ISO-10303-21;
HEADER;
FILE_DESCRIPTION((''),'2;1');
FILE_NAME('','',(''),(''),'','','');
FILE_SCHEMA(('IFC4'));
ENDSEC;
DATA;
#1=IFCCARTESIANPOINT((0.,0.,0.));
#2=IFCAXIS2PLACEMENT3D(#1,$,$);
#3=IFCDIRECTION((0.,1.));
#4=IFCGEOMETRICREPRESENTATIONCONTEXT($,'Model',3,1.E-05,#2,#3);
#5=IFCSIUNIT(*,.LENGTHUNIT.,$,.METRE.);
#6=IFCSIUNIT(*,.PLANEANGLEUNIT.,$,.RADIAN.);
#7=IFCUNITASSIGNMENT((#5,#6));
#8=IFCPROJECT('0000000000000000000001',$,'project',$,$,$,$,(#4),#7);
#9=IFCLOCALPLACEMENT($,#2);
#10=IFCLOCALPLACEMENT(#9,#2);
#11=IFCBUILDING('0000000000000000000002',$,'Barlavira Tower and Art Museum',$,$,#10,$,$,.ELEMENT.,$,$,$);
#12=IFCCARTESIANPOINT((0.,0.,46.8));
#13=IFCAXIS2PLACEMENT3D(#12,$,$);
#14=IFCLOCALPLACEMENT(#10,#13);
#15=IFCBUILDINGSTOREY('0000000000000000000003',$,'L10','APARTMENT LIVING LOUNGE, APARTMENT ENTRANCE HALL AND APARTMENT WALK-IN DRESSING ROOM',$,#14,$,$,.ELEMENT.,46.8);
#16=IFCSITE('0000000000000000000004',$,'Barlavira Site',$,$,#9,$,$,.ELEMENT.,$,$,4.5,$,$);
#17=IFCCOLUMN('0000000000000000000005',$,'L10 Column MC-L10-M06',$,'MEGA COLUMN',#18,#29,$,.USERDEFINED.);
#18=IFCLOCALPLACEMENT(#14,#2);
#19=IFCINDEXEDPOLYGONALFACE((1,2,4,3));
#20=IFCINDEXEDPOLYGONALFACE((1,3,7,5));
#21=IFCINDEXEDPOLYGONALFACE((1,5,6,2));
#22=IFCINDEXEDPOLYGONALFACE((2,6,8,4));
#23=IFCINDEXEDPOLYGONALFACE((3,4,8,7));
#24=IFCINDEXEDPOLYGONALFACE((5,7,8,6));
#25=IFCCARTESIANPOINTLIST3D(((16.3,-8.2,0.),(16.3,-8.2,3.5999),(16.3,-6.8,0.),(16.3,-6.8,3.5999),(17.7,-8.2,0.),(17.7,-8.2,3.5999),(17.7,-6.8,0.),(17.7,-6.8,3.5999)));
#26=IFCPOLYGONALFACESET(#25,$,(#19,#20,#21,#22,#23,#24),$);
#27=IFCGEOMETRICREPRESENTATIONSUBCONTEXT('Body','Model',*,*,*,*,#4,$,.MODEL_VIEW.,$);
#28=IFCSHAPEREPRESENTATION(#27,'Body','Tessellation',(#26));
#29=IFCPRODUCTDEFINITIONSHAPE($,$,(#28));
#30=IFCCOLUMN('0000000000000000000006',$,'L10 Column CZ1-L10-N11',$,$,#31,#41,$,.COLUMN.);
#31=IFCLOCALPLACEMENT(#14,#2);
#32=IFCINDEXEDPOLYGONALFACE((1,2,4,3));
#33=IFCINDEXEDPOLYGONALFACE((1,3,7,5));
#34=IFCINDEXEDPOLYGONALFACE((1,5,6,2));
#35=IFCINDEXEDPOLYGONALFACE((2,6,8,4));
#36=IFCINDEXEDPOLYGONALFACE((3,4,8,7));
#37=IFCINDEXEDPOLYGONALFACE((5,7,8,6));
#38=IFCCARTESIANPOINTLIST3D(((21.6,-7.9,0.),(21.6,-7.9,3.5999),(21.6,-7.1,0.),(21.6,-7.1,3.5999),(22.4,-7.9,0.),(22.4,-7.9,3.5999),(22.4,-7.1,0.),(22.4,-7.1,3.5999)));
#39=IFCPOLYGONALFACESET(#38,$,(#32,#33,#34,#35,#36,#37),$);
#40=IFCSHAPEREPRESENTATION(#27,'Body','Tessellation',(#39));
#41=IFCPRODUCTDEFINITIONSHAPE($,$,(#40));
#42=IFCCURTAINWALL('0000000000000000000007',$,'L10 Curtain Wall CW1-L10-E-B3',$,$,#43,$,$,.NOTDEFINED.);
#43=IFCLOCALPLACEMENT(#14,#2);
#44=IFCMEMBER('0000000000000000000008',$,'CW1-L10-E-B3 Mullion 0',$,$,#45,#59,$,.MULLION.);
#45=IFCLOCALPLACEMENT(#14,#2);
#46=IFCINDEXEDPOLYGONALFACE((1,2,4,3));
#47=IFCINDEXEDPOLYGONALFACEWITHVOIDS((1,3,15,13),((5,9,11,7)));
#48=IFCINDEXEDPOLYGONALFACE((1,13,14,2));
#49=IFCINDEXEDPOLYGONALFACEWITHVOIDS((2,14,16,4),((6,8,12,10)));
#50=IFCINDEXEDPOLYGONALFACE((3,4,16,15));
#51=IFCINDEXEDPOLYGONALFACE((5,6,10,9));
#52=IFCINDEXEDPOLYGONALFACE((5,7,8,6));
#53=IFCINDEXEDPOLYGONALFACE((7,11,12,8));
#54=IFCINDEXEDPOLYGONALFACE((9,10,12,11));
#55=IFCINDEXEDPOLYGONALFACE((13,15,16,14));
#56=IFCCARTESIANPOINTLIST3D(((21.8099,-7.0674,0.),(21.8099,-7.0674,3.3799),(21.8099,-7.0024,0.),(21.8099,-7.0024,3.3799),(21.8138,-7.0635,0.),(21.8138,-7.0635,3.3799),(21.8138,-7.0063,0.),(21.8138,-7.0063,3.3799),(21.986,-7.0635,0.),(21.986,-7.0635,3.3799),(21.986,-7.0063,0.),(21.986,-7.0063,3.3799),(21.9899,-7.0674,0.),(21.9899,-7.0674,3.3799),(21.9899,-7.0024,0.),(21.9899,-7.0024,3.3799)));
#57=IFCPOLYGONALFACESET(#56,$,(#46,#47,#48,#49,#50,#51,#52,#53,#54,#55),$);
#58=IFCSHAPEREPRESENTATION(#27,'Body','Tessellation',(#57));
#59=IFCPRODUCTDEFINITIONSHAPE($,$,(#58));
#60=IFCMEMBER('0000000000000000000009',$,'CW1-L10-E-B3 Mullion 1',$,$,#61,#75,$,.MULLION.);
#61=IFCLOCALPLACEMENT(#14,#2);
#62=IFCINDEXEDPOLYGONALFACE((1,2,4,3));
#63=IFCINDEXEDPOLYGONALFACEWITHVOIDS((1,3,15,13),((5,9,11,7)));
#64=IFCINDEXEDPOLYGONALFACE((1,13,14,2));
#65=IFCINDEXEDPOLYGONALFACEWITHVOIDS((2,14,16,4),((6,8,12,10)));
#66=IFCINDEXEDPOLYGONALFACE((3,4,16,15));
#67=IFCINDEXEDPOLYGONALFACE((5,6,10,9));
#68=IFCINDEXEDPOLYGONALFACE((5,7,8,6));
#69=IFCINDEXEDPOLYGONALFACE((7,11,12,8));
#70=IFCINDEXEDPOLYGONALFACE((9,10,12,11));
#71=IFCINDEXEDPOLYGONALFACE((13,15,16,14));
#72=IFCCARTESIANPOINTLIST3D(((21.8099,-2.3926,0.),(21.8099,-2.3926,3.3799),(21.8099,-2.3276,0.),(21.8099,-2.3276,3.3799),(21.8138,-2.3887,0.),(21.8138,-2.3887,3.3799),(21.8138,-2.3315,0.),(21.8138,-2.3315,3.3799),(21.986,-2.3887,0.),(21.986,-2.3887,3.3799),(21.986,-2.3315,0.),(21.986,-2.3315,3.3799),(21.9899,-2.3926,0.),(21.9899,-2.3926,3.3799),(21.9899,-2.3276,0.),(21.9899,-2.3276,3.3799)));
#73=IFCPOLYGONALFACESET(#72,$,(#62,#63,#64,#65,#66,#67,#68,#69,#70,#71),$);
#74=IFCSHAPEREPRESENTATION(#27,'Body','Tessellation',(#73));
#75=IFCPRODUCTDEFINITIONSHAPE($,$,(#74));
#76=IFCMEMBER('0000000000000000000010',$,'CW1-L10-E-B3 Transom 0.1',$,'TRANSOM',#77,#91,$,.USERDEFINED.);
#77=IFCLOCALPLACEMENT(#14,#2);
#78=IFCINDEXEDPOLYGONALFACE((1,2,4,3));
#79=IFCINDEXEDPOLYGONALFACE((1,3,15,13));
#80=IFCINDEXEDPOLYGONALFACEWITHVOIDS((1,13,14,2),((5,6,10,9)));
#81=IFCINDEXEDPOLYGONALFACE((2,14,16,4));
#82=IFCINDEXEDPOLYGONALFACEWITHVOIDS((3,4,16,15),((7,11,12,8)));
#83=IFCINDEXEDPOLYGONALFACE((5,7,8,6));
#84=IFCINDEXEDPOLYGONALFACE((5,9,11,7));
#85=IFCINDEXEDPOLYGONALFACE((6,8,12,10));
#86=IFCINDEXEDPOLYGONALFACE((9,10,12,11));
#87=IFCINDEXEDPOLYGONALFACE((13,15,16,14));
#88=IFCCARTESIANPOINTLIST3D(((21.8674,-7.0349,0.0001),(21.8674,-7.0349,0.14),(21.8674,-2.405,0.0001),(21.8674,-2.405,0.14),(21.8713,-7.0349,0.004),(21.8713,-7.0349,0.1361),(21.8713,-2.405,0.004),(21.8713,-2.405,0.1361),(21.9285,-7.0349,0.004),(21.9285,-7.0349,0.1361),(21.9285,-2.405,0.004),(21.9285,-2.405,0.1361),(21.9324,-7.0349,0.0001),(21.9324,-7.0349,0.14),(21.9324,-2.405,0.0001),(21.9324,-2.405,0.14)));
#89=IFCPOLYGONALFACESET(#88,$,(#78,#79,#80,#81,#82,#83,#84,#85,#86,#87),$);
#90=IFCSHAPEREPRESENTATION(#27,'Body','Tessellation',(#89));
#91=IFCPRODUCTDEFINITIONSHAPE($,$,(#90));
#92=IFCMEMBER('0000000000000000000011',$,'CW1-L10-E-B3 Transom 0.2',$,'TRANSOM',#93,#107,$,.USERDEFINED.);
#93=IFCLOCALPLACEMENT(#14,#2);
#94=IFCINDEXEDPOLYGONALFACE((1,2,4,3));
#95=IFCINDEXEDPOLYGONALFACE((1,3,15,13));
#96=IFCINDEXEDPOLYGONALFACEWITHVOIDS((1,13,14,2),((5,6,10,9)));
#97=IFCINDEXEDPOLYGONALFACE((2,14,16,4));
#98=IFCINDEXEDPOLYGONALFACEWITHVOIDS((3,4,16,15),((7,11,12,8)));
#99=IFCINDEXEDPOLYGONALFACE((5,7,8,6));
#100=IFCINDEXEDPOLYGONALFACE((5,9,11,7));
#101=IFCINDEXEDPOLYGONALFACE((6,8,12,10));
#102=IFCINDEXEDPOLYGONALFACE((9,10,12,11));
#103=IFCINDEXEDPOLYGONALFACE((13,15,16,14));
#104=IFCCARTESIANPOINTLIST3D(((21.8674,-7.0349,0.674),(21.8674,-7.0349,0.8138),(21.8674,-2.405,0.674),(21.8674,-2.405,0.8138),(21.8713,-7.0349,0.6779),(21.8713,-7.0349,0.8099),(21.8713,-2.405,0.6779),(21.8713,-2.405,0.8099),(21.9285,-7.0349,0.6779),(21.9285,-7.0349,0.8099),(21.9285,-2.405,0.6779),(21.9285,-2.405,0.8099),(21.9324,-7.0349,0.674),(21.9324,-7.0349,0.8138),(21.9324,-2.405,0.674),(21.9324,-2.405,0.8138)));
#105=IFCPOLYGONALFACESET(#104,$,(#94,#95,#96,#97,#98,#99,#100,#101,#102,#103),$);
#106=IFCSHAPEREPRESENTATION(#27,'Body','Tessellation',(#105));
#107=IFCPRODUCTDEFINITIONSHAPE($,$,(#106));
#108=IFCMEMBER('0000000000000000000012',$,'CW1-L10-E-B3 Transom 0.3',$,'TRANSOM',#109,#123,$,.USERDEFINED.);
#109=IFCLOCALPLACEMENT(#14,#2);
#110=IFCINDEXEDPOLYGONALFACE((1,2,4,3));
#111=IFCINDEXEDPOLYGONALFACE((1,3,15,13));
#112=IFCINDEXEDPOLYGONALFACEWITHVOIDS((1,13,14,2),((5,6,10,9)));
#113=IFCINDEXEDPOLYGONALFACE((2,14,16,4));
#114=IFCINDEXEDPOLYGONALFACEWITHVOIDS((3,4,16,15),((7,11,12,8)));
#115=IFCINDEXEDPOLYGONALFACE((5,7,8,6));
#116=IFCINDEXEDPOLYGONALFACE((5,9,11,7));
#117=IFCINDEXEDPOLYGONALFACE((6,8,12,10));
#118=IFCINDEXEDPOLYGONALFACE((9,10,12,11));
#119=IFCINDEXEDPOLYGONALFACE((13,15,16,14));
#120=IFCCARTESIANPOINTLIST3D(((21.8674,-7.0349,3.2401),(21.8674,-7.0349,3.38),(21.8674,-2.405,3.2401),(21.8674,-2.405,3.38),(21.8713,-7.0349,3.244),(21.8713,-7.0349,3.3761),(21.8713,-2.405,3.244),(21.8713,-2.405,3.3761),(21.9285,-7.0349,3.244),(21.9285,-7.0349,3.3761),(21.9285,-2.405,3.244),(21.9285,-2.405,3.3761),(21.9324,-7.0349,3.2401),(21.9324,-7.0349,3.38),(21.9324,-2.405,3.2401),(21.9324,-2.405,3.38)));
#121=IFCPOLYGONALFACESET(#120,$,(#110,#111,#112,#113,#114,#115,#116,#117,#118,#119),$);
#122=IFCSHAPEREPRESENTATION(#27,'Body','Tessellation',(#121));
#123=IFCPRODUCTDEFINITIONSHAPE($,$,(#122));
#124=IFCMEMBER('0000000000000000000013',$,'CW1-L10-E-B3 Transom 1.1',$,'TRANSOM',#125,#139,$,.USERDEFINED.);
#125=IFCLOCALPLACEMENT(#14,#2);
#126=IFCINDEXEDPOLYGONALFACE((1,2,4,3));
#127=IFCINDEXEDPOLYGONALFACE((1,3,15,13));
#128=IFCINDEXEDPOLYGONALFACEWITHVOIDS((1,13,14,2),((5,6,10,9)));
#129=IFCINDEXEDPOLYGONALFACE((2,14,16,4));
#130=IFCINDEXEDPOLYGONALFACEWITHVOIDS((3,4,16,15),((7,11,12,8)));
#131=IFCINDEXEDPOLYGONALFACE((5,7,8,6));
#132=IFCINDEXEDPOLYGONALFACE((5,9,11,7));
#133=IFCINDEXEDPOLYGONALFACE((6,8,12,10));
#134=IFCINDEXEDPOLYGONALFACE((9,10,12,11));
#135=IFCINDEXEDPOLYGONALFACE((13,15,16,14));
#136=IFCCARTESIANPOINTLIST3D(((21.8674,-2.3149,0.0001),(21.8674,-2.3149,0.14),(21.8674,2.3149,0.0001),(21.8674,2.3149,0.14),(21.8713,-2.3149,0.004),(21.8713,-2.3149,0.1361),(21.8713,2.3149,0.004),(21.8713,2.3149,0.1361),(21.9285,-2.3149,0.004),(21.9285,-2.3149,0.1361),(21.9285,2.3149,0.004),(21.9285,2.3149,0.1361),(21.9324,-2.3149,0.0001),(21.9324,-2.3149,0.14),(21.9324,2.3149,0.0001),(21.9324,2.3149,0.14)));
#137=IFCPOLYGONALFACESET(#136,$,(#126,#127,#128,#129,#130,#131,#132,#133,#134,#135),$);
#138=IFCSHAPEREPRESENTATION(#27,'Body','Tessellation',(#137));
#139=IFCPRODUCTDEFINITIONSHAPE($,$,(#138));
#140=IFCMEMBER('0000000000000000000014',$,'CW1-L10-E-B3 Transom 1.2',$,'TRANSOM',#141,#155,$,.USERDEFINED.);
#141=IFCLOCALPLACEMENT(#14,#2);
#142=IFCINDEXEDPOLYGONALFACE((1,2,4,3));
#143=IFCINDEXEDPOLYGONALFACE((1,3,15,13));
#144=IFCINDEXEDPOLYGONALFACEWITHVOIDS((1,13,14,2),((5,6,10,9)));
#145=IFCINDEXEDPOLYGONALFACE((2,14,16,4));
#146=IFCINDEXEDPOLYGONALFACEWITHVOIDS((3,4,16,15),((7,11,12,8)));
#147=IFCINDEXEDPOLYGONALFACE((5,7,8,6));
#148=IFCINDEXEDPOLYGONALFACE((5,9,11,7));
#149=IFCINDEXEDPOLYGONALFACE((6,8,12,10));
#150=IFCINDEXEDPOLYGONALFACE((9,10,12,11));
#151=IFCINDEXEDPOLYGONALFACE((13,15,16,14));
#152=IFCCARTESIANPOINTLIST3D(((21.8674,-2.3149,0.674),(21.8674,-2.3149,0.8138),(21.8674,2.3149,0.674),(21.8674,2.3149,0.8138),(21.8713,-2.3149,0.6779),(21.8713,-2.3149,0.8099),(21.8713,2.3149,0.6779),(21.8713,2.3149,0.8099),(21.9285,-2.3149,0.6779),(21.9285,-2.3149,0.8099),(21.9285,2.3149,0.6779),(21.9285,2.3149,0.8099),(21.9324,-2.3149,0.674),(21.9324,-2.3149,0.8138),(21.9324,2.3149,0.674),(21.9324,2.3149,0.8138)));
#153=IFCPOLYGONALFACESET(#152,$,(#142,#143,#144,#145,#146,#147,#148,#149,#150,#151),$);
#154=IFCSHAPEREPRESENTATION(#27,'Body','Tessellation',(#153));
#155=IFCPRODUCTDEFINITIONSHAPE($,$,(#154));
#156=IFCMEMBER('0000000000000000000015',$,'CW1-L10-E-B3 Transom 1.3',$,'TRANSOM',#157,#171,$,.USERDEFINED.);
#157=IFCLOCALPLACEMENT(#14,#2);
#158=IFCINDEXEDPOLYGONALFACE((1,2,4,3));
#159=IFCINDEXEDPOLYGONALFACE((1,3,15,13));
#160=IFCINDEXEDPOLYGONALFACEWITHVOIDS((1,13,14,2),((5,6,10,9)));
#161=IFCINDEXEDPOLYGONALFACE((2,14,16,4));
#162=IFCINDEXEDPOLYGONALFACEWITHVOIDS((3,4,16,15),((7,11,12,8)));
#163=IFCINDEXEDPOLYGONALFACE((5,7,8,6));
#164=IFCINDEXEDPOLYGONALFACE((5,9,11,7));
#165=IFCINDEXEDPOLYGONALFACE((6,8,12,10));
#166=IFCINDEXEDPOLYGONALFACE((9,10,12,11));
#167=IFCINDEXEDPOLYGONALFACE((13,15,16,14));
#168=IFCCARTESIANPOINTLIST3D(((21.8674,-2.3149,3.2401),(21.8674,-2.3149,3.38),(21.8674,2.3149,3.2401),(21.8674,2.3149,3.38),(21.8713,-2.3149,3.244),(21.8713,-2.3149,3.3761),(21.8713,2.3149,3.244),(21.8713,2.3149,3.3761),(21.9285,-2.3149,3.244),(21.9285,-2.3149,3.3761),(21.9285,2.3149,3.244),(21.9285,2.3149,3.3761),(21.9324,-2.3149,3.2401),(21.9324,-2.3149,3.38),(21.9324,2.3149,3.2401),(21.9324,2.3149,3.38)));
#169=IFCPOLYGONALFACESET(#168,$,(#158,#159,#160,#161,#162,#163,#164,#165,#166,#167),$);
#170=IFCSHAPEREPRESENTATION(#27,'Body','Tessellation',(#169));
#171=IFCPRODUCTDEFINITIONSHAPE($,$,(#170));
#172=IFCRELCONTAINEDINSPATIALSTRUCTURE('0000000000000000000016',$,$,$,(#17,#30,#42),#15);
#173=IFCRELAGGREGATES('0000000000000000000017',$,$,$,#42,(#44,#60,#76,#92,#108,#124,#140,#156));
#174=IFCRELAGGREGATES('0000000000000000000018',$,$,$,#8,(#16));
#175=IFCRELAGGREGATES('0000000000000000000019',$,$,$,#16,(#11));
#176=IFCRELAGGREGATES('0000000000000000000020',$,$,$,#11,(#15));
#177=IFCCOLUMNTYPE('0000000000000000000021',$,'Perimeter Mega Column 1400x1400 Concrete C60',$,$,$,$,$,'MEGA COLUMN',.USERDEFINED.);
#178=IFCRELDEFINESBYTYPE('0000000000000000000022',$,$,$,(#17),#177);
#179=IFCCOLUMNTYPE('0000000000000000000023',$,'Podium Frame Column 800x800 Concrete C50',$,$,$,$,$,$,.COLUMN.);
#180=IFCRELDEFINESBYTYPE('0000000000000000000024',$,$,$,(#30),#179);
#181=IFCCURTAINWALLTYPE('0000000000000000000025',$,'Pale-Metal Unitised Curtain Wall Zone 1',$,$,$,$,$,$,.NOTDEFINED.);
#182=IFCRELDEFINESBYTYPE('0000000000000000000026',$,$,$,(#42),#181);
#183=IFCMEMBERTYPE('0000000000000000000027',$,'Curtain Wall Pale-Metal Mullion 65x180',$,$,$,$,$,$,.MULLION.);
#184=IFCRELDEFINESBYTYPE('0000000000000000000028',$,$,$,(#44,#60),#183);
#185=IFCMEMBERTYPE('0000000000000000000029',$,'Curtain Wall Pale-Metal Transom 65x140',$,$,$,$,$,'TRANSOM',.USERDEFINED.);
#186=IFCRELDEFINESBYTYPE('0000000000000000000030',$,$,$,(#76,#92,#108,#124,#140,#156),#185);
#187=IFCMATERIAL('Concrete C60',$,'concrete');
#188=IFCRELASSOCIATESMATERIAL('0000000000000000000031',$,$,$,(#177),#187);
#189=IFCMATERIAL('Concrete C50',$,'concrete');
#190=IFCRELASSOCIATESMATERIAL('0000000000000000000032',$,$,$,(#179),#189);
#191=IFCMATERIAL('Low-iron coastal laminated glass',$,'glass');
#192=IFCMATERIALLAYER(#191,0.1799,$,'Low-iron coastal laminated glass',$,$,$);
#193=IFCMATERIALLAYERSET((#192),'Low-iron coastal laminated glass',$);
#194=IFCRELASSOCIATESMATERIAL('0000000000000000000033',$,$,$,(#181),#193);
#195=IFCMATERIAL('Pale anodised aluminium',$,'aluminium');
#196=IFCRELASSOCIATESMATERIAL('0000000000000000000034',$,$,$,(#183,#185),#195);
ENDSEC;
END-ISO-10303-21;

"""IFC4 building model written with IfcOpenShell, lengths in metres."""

from ifc_helpers import new_model, si_unit, direction, frame, origin, origin_2d, place, context, subcontext, project, spatial, rectangle, hollow_rectangle, extrude, material, layer, layer_set, material_profile, profile_set, type_object, element, aggregate, save


model = new_model("IFC4")

# Units and contexts
model_context = context("Model", 3, precision=1e-05, world=origin(), true_north=direction((0.0, 1.0)))
body_context = subcontext(model_context, "Body", "Model", "MODEL_VIEW")
ifc_project = project(units=[si_unit("LENGTHUNIT", "METRE"), si_unit("PLANEANGLEUNIT", "RADIAN")], contexts=[model_context])

# Site, building, storey
site_placement = place(None, origin())
site = spatial("IfcSite", under=ifc_project, at=site_placement, Name="Barlavira Site", CompositionType="ELEMENT", RefElevation=4.5)
building_placement = place(site_placement, origin())
building = spatial("IfcBuilding", under=site, at=building_placement, Name="Barlavira Tower and Art Museum", CompositionType="ELEMENT")
storey_placement = place(building_placement, frame((0.0, 0.0, 46.8)))
storey = spatial("IfcBuildingStorey", under=building, at=storey_placement, Name="L10", Description="APARTMENT LIVING LOUNGE, APARTMENT ENTRANCE HALL AND APARTMENT WALK-IN DRESSING ROOM", CompositionType="ELEMENT", Elevation=46.8)

# Columns
ifc_material_1 = material(Name="Concrete C60", Category="concrete")
ifc_material_profile_1 = material_profile(ifc_material_1, rectangle(XDim=1.3999, YDim=1.3999, at=origin_2d()), Name="RC-MCOL 1400x1400")
ifc_profile_set_1 = profile_set([ifc_material_profile_1], Name="Concrete C60")
column_type_1 = type_object("IfcColumnType", Name="Perimeter Mega Column 1400x1400 Concrete C60", ElementType="MEGA COLUMN", PredefinedType="USERDEFINED", material=ifc_profile_set_1)
column_1_placement = place(storey_placement, frame((17.0, -7.5, 0.0), z_axis=(0.0, 0.0, 1.0), x_axis=(1.0, 0.0, 0.0)))
element("IfcColumn", 1, at=column_1_placement, inside=storey, type_object=column_type_1, Name="L10 Column MC-L10-M06", ObjectType="MEGA COLUMN", PredefinedType="USERDEFINED", context=body_context, shape_type="SweptSolid", body=[
    extrude(rectangle(XDim=1.3999, YDim=1.3999, at=origin_2d()), origin(), (0.0, 0.0, 1.0), 3.5999),
])
ifc_material_2 = material(Name="Concrete C50", Category="concrete")
ifc_material_profile_2 = material_profile(ifc_material_2, rectangle(XDim=0.8, YDim=0.8, at=origin_2d()), Name="RC-COL 800x800")
ifc_profile_set_2 = profile_set([ifc_material_profile_2], Name="Concrete C50")
column_type_2 = type_object("IfcColumnType", Name="Podium Frame Column 800x800 Concrete C50", PredefinedType="COLUMN", material=ifc_profile_set_2)
column_2_placement = place(storey_placement, frame((22.0, -7.5, 0.0), z_axis=(0.0, 0.0, 1.0), x_axis=(1.0, 0.0, 0.0)))
element("IfcColumn", 2, at=column_2_placement, inside=storey, type_object=column_type_2, Name="L10 Column CZ1-L10-N11", PredefinedType="COLUMN", context=body_context, shape_type="SweptSolid", body=[
    extrude(rectangle(XDim=0.8, YDim=0.8, at=origin_2d()), origin(), (0.0, 0.0, 1.0), 3.5999),
])

# Curtain wall, members
ifc_material_3 = material(Name="Low-iron coastal laminated glass", Category="glass")
ifc_layer_1 = layer(ifc_material_3, 0.1799, Name="Low-iron coastal laminated glass")
ifc_layer_set_1 = layer_set([ifc_layer_1], Name="Low-iron coastal laminated glass")
curtain_wall_type = type_object("IfcCurtainWallType", Name="Pale-Metal Unitised Curtain Wall Zone 1", PredefinedType="NOTDEFINED", material=ifc_layer_set_1)
curtain_wall_placement = place(storey_placement, origin())
curtain_wall = element("IfcCurtainWall", 3, at=curtain_wall_placement, inside=storey, type_object=curtain_wall_type, Name="L10 Curtain Wall CW1-L10-E-B3", PredefinedType="NOTDEFINED")
ifc_material_4 = material(Name="Pale anodised aluminium", Category="aluminium")
ifc_material_profile_3 = material_profile(ifc_material_4, hollow_rectangle(XDim=0.0649, YDim=0.1799, WallThickness=0.0039, at=origin_2d()), Name="ALU-MULL 65x180x4")
ifc_profile_set_3 = profile_set([ifc_material_profile_3], Name="Pale anodised aluminium")
member_type_1 = type_object("IfcMemberType", Name="Curtain Wall Pale-Metal Mullion 65x180", PredefinedType="MULLION", material=ifc_profile_set_3)
member_1_placement = place(storey_placement, frame((21.8999, -7.0349, 0.0), z_axis=(0.0, 0.0, 1.0), x_axis=(0.0, 1.0, 0.0)))
member_1 = element("IfcMember", 4, at=member_1_placement, type_object=member_type_1, Name="CW1-L10-E-B3 Mullion 0", PredefinedType="MULLION", context=body_context, shape_type="SweptSolid", body=[
    extrude(hollow_rectangle(XDim=0.0649, YDim=0.1799, WallThickness=0.0039, at=origin_2d()), origin(), (0.0, 0.0, 1.0), 3.3799),
])
member_2_placement = place(storey_placement, frame((21.8999, -2.3601, 0.0), z_axis=(0.0, 0.0, 1.0), x_axis=(0.0, 1.0, 0.0)))
member_2 = element("IfcMember", 5, at=member_2_placement, type_object=member_type_1, Name="CW1-L10-E-B3 Mullion 1", PredefinedType="MULLION", context=body_context, shape_type="SweptSolid", body=[
    extrude(hollow_rectangle(XDim=0.0649, YDim=0.1799, WallThickness=0.0039, at=origin_2d()), origin(), (0.0, 0.0, 1.0), 3.3799),
])
ifc_material_profile_4 = material_profile(ifc_material_4, hollow_rectangle(XDim=0.0649, YDim=0.1399, WallThickness=0.0039, at=origin_2d()), Name="ALU-TRAN 65x140x4")
ifc_profile_set_4 = profile_set([ifc_material_profile_4], Name="Pale anodised aluminium")
member_type_2 = type_object("IfcMemberType", Name="Curtain Wall Pale-Metal Transom 65x140", ElementType="TRANSOM", PredefinedType="USERDEFINED", material=ifc_profile_set_4)
member_3_placement = place(storey_placement, frame((21.8999, -7.0349, 0.0701), z_axis=(0.0, 1.0, 0.0), x_axis=(-1.0, 0.0, 0.0)))
member_3 = element("IfcMember", 6, at=member_3_placement, type_object=member_type_2, Name="CW1-L10-E-B3 Transom 0.1", ObjectType="TRANSOM", PredefinedType="USERDEFINED", context=body_context, shape_type="SweptSolid", body=[
    extrude(hollow_rectangle(XDim=0.0649, YDim=0.1399, WallThickness=0.0039, at=origin_2d()), origin(), (0.0, 0.0, 1.0), 4.6299),
])
member_4_placement = place(storey_placement, frame((21.8999, -7.0349, 0.7439), z_axis=(0.0, 1.0, 0.0), x_axis=(-1.0, 0.0, 0.0)))
member_4 = element("IfcMember", 7, at=member_4_placement, type_object=member_type_2, Name="CW1-L10-E-B3 Transom 0.2", ObjectType="TRANSOM", PredefinedType="USERDEFINED", context=body_context, shape_type="SweptSolid", body=[
    extrude(hollow_rectangle(XDim=0.0649, YDim=0.1399, WallThickness=0.0039, at=origin_2d()), origin(), (0.0, 0.0, 1.0), 4.6299),
])
member_5_placement = place(storey_placement, frame((21.8999, -7.0349, 3.3101), z_axis=(0.0, 1.0, 0.0), x_axis=(-1.0, 0.0, 0.0)))
member_5 = element("IfcMember", 8, at=member_5_placement, type_object=member_type_2, Name="CW1-L10-E-B3 Transom 0.3", ObjectType="TRANSOM", PredefinedType="USERDEFINED", context=body_context, shape_type="SweptSolid", body=[
    extrude(hollow_rectangle(XDim=0.0649, YDim=0.1399, WallThickness=0.0039, at=origin_2d()), origin(), (0.0, 0.0, 1.0), 4.6299),
])
member_6_placement = place(storey_placement, frame((21.8999, -2.3149, 0.0701), z_axis=(0.0, 1.0, 0.0), x_axis=(-1.0, 0.0, 0.0)))
member_6 = element("IfcMember", 9, at=member_6_placement, type_object=member_type_2, Name="CW1-L10-E-B3 Transom 1.1", ObjectType="TRANSOM", PredefinedType="USERDEFINED", context=body_context, shape_type="SweptSolid", body=[
    extrude(hollow_rectangle(XDim=0.0649, YDim=0.1399, WallThickness=0.0039, at=origin_2d()), origin(), (0.0, 0.0, 1.0), 4.6299),
])
member_7_placement = place(storey_placement, frame((21.8999, -2.3149, 0.7439), z_axis=(0.0, 1.0, 0.0), x_axis=(-1.0, 0.0, 0.0)))
member_7 = element("IfcMember", 10, at=member_7_placement, type_object=member_type_2, Name="CW1-L10-E-B3 Transom 1.2", ObjectType="TRANSOM", PredefinedType="USERDEFINED", context=body_context, shape_type="SweptSolid", body=[
    extrude(hollow_rectangle(XDim=0.0649, YDim=0.1399, WallThickness=0.0039, at=origin_2d()), origin(), (0.0, 0.0, 1.0), 4.6299),
])
member_8_placement = place(storey_placement, frame((21.8999, -2.3149, 3.3101), z_axis=(0.0, 1.0, 0.0), x_axis=(-1.0, 0.0, 0.0)))
member_8 = element("IfcMember", 11, at=member_8_placement, type_object=member_type_2, Name="CW1-L10-E-B3 Transom 1.3", ObjectType="TRANSOM", PredefinedType="USERDEFINED", context=body_context, shape_type="SweptSolid", body=[
    extrude(hollow_rectangle(XDim=0.0649, YDim=0.1399, WallThickness=0.0039, at=origin_2d()), origin(), (0.0, 0.0, 1.0), 4.6299),
])

aggregate(curtain_wall, [member_1, member_2, member_3, member_4, member_5, member_6, member_7, member_8])

save(model, "model.ifc")
